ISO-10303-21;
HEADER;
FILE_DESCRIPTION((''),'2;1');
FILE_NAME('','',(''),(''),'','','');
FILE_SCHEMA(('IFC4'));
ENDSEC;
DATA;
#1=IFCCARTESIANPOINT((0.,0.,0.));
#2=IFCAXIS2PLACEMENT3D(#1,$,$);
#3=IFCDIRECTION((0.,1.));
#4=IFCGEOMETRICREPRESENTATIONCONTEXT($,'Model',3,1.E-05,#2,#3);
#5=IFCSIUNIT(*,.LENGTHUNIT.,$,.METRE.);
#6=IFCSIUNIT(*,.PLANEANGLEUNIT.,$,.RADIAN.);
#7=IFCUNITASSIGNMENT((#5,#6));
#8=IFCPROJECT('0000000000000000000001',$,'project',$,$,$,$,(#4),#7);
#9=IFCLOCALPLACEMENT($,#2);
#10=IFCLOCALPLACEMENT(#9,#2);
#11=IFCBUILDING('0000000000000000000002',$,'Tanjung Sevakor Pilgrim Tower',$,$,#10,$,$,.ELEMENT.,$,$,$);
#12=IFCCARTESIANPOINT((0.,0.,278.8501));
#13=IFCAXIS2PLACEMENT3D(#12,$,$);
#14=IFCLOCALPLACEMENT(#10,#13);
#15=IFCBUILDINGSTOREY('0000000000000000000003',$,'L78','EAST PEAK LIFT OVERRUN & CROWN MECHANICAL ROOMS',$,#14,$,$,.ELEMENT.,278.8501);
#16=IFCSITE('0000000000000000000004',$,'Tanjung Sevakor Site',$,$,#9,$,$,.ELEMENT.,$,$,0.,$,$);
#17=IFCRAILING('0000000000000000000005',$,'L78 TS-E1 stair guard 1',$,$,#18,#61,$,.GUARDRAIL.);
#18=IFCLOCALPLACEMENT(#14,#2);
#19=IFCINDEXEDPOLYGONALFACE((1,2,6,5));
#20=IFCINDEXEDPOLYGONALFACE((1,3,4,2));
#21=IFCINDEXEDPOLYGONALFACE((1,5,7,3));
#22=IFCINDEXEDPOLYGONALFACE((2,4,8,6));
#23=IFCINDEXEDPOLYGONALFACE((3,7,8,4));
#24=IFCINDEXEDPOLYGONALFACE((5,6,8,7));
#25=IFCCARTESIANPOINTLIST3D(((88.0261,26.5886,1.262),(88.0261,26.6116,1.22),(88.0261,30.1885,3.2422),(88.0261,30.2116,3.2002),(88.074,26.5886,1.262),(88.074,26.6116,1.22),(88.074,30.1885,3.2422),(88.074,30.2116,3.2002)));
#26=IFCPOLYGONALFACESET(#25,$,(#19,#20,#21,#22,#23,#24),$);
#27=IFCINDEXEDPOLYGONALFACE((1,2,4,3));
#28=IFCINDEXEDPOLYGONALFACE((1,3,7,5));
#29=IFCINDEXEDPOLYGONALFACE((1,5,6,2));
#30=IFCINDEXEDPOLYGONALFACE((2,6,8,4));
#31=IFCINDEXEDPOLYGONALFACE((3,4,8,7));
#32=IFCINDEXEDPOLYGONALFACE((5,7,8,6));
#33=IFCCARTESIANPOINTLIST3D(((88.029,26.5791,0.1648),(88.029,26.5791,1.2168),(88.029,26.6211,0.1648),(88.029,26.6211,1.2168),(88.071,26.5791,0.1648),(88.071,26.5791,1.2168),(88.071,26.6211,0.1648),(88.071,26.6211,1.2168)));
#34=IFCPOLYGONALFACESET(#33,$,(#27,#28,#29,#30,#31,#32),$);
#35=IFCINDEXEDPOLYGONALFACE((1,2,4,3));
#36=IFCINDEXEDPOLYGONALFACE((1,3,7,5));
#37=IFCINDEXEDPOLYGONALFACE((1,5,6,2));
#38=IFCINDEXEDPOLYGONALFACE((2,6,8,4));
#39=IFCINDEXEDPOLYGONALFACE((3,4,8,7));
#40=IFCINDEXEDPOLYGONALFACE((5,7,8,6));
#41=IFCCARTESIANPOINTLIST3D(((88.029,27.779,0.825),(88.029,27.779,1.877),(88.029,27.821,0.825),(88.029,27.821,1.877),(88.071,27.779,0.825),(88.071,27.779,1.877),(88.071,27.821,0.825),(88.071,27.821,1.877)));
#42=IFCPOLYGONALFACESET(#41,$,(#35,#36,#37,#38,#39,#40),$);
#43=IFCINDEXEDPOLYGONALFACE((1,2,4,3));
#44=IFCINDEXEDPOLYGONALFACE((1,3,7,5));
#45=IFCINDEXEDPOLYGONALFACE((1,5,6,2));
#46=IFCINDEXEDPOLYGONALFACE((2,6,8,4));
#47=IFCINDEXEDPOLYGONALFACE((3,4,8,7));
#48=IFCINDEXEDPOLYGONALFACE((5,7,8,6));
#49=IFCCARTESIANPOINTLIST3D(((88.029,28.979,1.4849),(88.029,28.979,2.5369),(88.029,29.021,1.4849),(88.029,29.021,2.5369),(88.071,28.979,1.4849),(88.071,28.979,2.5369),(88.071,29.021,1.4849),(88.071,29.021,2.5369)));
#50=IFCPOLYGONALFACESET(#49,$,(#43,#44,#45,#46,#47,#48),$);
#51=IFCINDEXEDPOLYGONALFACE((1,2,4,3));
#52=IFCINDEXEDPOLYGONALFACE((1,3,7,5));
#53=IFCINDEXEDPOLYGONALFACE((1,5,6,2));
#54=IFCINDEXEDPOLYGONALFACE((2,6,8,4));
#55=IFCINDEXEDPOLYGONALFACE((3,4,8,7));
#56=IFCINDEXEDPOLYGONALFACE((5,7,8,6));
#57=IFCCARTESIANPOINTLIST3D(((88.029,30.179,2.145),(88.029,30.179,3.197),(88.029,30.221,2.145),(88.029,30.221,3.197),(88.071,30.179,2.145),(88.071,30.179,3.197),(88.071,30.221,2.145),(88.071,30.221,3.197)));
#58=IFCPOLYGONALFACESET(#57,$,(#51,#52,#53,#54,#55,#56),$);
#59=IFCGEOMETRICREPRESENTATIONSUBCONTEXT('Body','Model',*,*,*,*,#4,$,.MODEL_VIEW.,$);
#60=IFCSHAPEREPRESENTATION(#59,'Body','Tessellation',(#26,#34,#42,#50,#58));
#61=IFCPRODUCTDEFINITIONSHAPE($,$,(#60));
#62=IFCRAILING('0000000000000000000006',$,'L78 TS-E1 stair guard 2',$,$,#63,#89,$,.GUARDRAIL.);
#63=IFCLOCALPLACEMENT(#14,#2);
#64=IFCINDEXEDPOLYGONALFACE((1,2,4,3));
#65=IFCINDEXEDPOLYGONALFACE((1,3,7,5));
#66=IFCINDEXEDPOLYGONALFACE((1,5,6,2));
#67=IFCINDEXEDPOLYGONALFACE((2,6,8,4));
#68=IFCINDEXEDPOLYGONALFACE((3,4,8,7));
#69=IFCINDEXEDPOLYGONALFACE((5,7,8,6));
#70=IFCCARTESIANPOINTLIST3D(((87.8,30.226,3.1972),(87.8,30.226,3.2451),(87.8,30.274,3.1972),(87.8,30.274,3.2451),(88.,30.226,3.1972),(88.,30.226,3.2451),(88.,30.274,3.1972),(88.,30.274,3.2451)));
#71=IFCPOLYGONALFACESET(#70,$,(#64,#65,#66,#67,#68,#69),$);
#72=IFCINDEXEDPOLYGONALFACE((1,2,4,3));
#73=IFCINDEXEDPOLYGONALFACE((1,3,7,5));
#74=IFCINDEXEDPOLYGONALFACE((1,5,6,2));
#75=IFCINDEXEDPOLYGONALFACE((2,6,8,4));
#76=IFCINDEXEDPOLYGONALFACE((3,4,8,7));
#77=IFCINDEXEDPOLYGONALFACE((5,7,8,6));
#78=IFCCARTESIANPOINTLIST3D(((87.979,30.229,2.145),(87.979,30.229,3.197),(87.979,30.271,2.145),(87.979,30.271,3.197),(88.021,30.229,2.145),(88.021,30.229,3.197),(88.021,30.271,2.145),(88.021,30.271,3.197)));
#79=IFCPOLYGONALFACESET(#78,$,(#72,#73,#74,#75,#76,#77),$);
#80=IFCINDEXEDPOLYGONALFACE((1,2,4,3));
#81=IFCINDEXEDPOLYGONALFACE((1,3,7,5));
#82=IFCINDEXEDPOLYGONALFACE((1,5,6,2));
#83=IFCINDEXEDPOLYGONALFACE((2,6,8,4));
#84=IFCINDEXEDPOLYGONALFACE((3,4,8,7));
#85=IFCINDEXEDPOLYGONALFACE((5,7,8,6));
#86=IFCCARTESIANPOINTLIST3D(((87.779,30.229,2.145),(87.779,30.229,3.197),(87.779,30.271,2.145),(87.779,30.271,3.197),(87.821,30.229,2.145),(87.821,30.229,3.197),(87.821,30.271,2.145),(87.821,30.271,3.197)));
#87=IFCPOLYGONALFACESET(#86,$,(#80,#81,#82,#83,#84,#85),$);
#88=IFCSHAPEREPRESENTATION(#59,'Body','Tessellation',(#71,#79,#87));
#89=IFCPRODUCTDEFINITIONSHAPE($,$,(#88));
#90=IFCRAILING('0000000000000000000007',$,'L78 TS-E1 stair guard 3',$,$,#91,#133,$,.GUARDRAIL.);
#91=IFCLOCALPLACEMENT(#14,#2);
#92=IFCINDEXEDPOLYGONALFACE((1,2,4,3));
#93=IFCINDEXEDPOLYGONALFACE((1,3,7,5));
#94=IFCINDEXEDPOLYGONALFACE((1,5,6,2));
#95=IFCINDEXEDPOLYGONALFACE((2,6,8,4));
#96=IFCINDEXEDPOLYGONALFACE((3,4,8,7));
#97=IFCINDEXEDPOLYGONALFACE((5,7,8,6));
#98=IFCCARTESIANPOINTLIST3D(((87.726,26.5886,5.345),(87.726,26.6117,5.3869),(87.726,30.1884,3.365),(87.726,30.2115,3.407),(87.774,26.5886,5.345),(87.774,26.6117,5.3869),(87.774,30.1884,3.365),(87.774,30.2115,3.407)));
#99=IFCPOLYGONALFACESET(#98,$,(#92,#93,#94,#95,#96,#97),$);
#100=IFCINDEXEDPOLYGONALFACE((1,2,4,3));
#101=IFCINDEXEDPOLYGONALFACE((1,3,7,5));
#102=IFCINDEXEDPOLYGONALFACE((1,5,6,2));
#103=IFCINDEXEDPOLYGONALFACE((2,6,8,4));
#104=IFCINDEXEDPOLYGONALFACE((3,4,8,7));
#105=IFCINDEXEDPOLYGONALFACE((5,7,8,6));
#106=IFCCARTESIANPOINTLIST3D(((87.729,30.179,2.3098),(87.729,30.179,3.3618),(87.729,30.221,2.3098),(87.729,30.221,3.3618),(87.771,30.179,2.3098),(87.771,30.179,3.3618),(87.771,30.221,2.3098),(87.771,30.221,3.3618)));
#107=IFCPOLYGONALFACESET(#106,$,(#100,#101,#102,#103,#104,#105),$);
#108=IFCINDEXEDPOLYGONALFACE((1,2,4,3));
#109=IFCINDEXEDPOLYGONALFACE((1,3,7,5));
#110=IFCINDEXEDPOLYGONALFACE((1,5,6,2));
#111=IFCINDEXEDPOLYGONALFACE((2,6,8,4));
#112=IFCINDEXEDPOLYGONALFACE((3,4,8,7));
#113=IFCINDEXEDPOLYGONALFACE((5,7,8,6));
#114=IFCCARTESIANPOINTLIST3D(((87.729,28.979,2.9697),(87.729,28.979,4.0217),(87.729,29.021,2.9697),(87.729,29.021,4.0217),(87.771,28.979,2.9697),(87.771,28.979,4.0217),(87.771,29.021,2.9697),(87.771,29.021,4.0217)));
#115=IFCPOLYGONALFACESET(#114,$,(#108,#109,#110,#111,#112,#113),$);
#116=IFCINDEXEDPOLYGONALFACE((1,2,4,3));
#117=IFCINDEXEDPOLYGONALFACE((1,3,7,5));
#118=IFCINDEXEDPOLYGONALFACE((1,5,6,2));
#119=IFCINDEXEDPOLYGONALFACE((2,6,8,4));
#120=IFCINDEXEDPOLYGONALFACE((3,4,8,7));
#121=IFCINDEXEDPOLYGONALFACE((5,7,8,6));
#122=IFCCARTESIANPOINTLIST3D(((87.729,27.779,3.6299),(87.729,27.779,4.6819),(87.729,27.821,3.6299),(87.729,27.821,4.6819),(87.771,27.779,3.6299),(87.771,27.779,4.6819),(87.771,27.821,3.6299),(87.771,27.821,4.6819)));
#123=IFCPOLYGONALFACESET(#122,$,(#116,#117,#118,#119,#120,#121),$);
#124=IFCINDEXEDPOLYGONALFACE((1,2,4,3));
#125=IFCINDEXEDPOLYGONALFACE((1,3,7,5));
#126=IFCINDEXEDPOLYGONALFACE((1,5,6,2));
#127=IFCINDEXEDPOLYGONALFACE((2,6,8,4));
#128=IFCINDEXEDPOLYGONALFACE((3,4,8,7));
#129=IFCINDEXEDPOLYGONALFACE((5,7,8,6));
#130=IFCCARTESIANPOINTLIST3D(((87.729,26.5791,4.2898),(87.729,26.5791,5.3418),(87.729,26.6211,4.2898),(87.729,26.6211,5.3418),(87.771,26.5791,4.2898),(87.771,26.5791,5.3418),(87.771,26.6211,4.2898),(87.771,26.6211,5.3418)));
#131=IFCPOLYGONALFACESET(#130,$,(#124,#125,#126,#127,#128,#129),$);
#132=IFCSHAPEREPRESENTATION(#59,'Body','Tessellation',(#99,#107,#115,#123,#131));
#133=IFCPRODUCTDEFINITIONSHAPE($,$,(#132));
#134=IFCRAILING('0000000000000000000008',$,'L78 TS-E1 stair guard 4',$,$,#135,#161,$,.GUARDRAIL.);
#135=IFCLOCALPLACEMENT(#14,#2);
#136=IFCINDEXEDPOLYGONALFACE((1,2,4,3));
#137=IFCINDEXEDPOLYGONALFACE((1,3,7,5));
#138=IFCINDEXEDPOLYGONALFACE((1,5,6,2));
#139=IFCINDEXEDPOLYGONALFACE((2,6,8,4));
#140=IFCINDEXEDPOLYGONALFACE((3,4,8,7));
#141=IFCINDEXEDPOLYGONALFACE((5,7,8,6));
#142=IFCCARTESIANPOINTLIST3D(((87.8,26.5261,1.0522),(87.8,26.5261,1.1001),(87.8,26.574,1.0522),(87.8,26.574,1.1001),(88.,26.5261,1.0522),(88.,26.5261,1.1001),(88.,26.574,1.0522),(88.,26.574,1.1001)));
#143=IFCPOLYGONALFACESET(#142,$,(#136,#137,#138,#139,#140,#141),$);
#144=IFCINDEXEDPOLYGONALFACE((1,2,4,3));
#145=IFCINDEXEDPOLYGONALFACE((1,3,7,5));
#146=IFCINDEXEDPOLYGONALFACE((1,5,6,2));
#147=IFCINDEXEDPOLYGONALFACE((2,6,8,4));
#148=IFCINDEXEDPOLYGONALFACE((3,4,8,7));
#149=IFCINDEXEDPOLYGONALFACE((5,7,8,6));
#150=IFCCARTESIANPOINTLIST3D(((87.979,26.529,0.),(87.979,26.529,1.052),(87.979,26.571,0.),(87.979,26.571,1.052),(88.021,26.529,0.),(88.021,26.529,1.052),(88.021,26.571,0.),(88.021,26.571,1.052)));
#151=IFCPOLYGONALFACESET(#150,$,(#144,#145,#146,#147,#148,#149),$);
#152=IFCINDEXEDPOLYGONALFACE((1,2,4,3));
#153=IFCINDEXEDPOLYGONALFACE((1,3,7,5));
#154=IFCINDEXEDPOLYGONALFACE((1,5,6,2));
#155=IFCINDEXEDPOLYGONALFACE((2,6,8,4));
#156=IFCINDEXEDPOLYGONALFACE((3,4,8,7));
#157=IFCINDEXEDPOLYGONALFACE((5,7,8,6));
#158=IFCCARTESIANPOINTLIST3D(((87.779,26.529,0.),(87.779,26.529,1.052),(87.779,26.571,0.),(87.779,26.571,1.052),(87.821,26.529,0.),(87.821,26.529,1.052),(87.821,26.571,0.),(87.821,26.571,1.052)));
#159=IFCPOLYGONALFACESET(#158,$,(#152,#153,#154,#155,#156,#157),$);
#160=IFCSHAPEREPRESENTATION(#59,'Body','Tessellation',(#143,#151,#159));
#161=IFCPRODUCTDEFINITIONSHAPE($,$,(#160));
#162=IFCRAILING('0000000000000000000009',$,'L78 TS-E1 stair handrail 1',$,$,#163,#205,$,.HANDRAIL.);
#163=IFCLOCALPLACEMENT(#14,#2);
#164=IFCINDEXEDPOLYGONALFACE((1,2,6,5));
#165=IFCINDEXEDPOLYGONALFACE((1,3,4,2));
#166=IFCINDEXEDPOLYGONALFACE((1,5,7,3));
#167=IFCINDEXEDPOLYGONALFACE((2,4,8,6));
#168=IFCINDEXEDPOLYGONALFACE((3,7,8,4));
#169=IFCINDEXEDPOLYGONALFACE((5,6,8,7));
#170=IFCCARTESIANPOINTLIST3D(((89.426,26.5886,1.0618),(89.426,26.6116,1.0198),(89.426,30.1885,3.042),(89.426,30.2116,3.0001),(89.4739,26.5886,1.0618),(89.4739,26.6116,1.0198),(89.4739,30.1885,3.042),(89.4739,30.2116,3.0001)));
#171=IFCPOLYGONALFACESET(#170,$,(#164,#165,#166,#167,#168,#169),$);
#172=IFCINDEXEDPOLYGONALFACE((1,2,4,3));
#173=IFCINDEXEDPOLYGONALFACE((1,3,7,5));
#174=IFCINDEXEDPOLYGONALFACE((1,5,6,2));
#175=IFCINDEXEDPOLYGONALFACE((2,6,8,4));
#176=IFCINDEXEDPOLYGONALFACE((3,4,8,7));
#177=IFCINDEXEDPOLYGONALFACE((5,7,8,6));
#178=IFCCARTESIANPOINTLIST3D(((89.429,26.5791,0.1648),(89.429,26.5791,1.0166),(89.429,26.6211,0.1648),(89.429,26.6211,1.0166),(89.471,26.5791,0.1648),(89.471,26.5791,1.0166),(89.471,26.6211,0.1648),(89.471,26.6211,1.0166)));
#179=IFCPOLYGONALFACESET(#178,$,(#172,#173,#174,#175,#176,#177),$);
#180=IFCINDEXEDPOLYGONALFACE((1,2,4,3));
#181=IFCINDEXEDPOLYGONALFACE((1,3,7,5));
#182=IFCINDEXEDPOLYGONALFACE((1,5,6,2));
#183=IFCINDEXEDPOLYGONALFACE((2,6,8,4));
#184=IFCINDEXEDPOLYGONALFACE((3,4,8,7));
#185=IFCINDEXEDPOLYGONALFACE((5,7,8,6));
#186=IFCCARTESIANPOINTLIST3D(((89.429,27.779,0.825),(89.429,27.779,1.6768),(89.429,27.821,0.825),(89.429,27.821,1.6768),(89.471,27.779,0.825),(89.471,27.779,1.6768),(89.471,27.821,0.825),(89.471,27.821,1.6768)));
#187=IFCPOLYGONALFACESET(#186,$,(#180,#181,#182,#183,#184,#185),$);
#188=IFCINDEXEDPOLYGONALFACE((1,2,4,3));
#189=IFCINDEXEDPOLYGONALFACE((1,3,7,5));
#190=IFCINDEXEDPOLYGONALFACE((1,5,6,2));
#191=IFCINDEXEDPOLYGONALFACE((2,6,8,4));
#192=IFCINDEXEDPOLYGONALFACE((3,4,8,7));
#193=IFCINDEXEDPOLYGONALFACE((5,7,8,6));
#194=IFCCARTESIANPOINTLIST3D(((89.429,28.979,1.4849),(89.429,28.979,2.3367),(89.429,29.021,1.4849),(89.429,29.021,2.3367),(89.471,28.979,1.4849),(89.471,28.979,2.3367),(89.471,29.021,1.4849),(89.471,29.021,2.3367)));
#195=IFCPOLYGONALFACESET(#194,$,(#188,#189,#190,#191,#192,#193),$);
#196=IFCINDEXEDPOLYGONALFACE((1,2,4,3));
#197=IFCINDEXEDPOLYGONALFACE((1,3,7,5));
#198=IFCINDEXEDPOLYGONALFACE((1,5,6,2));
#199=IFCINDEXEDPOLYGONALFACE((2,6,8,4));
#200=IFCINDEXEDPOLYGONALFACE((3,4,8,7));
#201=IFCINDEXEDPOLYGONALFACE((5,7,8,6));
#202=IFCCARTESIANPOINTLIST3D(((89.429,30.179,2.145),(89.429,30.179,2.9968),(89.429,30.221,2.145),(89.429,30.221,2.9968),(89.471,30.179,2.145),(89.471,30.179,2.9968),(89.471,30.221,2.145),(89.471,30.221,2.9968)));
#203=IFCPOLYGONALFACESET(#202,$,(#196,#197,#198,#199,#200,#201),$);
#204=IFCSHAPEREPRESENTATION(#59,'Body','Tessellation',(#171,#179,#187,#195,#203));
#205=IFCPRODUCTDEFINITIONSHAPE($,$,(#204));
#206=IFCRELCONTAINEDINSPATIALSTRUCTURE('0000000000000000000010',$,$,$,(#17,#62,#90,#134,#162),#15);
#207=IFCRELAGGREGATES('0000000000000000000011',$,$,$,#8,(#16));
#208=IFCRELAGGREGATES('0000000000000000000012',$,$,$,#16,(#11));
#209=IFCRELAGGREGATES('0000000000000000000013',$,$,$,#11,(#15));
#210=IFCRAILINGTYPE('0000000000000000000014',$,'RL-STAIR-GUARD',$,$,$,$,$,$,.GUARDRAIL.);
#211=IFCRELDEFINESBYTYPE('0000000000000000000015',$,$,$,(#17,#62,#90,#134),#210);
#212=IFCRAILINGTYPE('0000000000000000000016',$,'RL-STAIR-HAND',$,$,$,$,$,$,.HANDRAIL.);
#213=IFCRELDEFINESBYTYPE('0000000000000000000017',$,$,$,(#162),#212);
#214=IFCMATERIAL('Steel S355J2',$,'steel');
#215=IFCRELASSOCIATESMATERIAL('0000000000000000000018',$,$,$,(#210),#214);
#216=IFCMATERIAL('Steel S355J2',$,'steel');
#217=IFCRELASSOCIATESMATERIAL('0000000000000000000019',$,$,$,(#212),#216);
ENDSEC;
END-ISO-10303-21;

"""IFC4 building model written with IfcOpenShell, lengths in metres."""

from ifc_helpers import new_model, si_unit, direction, frame, origin, place, context, subcontext, project, spatial, rectangle, extrude, material, type_object, element, save


model = new_model("IFC4")

# Units and contexts
model_context = context("Model", 3, precision=1e-05, world=origin(), true_north=direction((0.0, 1.0)))
body_context = subcontext(model_context, "Body", "Model", "MODEL_VIEW")
ifc_project = project(units=[si_unit("LENGTHUNIT", "METRE"), si_unit("PLANEANGLEUNIT", "RADIAN")], contexts=[model_context])

# Site, building, storey
site_placement = place(None, origin())
site = spatial("IfcSite", under=ifc_project, at=site_placement, Name="Tanjung Sevakor Site", CompositionType="ELEMENT", RefElevation=0.0)
building_placement = place(site_placement, origin())
building = spatial("IfcBuilding", under=site, at=building_placement, Name="Tanjung Sevakor Pilgrim Tower", CompositionType="ELEMENT")
storey_placement = place(building_placement, frame((0.0, 0.0, 278.8501)))
storey = spatial("IfcBuildingStorey", under=building, at=storey_placement, Name="L78", Description="EAST PEAK LIFT OVERRUN & CROWN MECHANICAL ROOMS", CompositionType="ELEMENT", Elevation=278.8501)

# Railings
ifc_material_1 = material(Name="Steel S355J2", Category="steel")
railing_type_1 = type_object("IfcRailingType", Name="RL-STAIR-GUARD", PredefinedType="GUARDRAIL", material=ifc_material_1)
railing_1_placement = place(storey_placement, frame((88.05, 26.6001, 0.1648)))
element("IfcRailing", 1, at=railing_1_placement, inside=storey, type_object=railing_type_1, Name="L78 TS-E1 stair guard 1", PredefinedType="GUARDRAIL", context=body_context, shape_type="SweptSolid", body=[
    extrude(rectangle(XDim=0.0479, YDim=0.0479), frame((0.0, 0.0, 1.0762), z_axis=(0.0, 0.876185, 0.481976), x_axis=(-1.0, 0.0, 0.0)), (0.0, 0.0, 1.0), 4.1086),
    extrude(rectangle(XDim=0.042, YDim=0.042), origin(), (0.0, 0.0, 1.0), 1.052),
    extrude(rectangle(XDim=0.042, YDim=0.042), frame((0.0, 1.2, 0.6602)), (0.0, 0.0, 1.0), 1.052),
    extrude(rectangle(XDim=0.042, YDim=0.042), frame((0.0, 2.3999, 1.3201)), (0.0, 0.0, 1.0), 1.052),
    extrude(rectangle(XDim=0.042, YDim=0.042), frame((0.0, 3.5999, 1.9802)), (0.0, 0.0, 1.0), 1.052),
])
railing_2_placement = place(storey_placement, frame((88.0, 30.25, 2.145)))
element("IfcRailing", 2, at=railing_2_placement, inside=storey, type_object=railing_type_1, Name="L78 TS-E1 stair guard 2", PredefinedType="GUARDRAIL", context=body_context, shape_type="SweptSolid", body=[
    extrude(rectangle(XDim=0.0479, YDim=0.0479), frame((0.0, 0.0, 1.0762), z_axis=(-1.0, 0.0, 0.0), x_axis=(0.0, -1.0, 0.0)), (0.0, 0.0, 1.0), 0.2),
    extrude(rectangle(XDim=0.042, YDim=0.042), origin(), (0.0, 0.0, 1.0), 1.052),
    extrude(rectangle(XDim=0.042, YDim=0.042), frame((-0.2, 0.0, 0.0)), (0.0, 0.0, 1.0), 1.052),
])
railing_3_placement = place(storey_placement, frame((87.75, 30.2, 2.3098)))
element("IfcRailing", 3, at=railing_3_placement, inside=storey, type_object=railing_type_1, Name="L78 TS-E1 stair guard 3", PredefinedType="GUARDRAIL", context=body_context, shape_type="SweptSolid", body=[
    extrude(rectangle(XDim=0.0479, YDim=0.0479), frame((0.0, 0.0, 1.0762), z_axis=(0.0, -0.87621, 0.48193), x_axis=(1.0, 0.0, 0.0)), (0.0, 0.0, 1.0), 4.1084),
    extrude(rectangle(XDim=0.042, YDim=0.042), origin(), (0.0, 0.0, 1.0), 1.052),
    extrude(rectangle(XDim=0.042, YDim=0.042), frame((0.0, -1.2, 0.6599)), (0.0, 0.0, 1.0), 1.052),
    extrude(rectangle(XDim=0.042, YDim=0.042), frame((0.0, -2.3999, 1.3201)), (0.0, 0.0, 1.0), 1.052),
    extrude(rectangle(XDim=0.042, YDim=0.042), frame((0.0, -3.5999, 1.98)), (0.0, 0.0, 1.0), 1.052),
])
railing_4_placement = place(storey_placement, frame((88.0, 26.55, 0.0)))
element("IfcRailing", 4, at=railing_4_placement, inside=storey, type_object=railing_type_1, Name="L78 TS-E1 stair guard 4", PredefinedType="GUARDRAIL", context=body_context, shape_type="SweptSolid", body=[
    extrude(rectangle(XDim=0.0479, YDim=0.0479), frame((0.0, 0.0, 1.0762), z_axis=(-1.0, 0.0, 0.0), x_axis=(0.0, -1.0, 0.0)), (0.0, 0.0, 1.0), 0.2),
    extrude(rectangle(XDim=0.042, YDim=0.042), origin(), (0.0, 0.0, 1.0), 1.052),
    extrude(rectangle(XDim=0.042, YDim=0.042), frame((-0.2, 0.0, 0.0)), (0.0, 0.0, 1.0), 1.052),
])
ifc_material_2 = material(Name="Steel S355J2", Category="steel")
railing_type_2 = type_object("IfcRailingType", Name="RL-STAIR-HAND", PredefinedType="HANDRAIL", material=ifc_material_2)
railing_5_placement = place(storey_placement, frame((89.45, 26.6001, 0.1648)))
element("IfcRailing", 5, at=railing_5_placement, inside=storey, type_object=railing_type_2, Name="L78 TS-E1 stair handrail 1", PredefinedType="HANDRAIL", context=body_context, shape_type="SweptSolid", body=[
    extrude(rectangle(XDim=0.0479, YDim=0.0479), frame((0.0, 0.0, 0.876), z_axis=(0.0, 0.876185, 0.481976), x_axis=(-1.0, 0.0, 0.0)), (0.0, 0.0, 1.0), 4.1086),
    extrude(rectangle(XDim=0.042, YDim=0.042), origin(), (0.0, 0.0, 1.0), 0.8518),
    extrude(rectangle(XDim=0.042, YDim=0.042), frame((0.0, 1.2, 0.6602)), (0.0, 0.0, 1.0), 0.8518),
    extrude(rectangle(XDim=0.042, YDim=0.042), frame((0.0, 2.3999, 1.3201)), (0.0, 0.0, 1.0), 0.8518),
    extrude(rectangle(XDim=0.042, YDim=0.042), frame((0.0, 3.5999, 1.9802)), (0.0, 0.0, 1.0), 0.8518),
])

save(model, "model.ifc")
